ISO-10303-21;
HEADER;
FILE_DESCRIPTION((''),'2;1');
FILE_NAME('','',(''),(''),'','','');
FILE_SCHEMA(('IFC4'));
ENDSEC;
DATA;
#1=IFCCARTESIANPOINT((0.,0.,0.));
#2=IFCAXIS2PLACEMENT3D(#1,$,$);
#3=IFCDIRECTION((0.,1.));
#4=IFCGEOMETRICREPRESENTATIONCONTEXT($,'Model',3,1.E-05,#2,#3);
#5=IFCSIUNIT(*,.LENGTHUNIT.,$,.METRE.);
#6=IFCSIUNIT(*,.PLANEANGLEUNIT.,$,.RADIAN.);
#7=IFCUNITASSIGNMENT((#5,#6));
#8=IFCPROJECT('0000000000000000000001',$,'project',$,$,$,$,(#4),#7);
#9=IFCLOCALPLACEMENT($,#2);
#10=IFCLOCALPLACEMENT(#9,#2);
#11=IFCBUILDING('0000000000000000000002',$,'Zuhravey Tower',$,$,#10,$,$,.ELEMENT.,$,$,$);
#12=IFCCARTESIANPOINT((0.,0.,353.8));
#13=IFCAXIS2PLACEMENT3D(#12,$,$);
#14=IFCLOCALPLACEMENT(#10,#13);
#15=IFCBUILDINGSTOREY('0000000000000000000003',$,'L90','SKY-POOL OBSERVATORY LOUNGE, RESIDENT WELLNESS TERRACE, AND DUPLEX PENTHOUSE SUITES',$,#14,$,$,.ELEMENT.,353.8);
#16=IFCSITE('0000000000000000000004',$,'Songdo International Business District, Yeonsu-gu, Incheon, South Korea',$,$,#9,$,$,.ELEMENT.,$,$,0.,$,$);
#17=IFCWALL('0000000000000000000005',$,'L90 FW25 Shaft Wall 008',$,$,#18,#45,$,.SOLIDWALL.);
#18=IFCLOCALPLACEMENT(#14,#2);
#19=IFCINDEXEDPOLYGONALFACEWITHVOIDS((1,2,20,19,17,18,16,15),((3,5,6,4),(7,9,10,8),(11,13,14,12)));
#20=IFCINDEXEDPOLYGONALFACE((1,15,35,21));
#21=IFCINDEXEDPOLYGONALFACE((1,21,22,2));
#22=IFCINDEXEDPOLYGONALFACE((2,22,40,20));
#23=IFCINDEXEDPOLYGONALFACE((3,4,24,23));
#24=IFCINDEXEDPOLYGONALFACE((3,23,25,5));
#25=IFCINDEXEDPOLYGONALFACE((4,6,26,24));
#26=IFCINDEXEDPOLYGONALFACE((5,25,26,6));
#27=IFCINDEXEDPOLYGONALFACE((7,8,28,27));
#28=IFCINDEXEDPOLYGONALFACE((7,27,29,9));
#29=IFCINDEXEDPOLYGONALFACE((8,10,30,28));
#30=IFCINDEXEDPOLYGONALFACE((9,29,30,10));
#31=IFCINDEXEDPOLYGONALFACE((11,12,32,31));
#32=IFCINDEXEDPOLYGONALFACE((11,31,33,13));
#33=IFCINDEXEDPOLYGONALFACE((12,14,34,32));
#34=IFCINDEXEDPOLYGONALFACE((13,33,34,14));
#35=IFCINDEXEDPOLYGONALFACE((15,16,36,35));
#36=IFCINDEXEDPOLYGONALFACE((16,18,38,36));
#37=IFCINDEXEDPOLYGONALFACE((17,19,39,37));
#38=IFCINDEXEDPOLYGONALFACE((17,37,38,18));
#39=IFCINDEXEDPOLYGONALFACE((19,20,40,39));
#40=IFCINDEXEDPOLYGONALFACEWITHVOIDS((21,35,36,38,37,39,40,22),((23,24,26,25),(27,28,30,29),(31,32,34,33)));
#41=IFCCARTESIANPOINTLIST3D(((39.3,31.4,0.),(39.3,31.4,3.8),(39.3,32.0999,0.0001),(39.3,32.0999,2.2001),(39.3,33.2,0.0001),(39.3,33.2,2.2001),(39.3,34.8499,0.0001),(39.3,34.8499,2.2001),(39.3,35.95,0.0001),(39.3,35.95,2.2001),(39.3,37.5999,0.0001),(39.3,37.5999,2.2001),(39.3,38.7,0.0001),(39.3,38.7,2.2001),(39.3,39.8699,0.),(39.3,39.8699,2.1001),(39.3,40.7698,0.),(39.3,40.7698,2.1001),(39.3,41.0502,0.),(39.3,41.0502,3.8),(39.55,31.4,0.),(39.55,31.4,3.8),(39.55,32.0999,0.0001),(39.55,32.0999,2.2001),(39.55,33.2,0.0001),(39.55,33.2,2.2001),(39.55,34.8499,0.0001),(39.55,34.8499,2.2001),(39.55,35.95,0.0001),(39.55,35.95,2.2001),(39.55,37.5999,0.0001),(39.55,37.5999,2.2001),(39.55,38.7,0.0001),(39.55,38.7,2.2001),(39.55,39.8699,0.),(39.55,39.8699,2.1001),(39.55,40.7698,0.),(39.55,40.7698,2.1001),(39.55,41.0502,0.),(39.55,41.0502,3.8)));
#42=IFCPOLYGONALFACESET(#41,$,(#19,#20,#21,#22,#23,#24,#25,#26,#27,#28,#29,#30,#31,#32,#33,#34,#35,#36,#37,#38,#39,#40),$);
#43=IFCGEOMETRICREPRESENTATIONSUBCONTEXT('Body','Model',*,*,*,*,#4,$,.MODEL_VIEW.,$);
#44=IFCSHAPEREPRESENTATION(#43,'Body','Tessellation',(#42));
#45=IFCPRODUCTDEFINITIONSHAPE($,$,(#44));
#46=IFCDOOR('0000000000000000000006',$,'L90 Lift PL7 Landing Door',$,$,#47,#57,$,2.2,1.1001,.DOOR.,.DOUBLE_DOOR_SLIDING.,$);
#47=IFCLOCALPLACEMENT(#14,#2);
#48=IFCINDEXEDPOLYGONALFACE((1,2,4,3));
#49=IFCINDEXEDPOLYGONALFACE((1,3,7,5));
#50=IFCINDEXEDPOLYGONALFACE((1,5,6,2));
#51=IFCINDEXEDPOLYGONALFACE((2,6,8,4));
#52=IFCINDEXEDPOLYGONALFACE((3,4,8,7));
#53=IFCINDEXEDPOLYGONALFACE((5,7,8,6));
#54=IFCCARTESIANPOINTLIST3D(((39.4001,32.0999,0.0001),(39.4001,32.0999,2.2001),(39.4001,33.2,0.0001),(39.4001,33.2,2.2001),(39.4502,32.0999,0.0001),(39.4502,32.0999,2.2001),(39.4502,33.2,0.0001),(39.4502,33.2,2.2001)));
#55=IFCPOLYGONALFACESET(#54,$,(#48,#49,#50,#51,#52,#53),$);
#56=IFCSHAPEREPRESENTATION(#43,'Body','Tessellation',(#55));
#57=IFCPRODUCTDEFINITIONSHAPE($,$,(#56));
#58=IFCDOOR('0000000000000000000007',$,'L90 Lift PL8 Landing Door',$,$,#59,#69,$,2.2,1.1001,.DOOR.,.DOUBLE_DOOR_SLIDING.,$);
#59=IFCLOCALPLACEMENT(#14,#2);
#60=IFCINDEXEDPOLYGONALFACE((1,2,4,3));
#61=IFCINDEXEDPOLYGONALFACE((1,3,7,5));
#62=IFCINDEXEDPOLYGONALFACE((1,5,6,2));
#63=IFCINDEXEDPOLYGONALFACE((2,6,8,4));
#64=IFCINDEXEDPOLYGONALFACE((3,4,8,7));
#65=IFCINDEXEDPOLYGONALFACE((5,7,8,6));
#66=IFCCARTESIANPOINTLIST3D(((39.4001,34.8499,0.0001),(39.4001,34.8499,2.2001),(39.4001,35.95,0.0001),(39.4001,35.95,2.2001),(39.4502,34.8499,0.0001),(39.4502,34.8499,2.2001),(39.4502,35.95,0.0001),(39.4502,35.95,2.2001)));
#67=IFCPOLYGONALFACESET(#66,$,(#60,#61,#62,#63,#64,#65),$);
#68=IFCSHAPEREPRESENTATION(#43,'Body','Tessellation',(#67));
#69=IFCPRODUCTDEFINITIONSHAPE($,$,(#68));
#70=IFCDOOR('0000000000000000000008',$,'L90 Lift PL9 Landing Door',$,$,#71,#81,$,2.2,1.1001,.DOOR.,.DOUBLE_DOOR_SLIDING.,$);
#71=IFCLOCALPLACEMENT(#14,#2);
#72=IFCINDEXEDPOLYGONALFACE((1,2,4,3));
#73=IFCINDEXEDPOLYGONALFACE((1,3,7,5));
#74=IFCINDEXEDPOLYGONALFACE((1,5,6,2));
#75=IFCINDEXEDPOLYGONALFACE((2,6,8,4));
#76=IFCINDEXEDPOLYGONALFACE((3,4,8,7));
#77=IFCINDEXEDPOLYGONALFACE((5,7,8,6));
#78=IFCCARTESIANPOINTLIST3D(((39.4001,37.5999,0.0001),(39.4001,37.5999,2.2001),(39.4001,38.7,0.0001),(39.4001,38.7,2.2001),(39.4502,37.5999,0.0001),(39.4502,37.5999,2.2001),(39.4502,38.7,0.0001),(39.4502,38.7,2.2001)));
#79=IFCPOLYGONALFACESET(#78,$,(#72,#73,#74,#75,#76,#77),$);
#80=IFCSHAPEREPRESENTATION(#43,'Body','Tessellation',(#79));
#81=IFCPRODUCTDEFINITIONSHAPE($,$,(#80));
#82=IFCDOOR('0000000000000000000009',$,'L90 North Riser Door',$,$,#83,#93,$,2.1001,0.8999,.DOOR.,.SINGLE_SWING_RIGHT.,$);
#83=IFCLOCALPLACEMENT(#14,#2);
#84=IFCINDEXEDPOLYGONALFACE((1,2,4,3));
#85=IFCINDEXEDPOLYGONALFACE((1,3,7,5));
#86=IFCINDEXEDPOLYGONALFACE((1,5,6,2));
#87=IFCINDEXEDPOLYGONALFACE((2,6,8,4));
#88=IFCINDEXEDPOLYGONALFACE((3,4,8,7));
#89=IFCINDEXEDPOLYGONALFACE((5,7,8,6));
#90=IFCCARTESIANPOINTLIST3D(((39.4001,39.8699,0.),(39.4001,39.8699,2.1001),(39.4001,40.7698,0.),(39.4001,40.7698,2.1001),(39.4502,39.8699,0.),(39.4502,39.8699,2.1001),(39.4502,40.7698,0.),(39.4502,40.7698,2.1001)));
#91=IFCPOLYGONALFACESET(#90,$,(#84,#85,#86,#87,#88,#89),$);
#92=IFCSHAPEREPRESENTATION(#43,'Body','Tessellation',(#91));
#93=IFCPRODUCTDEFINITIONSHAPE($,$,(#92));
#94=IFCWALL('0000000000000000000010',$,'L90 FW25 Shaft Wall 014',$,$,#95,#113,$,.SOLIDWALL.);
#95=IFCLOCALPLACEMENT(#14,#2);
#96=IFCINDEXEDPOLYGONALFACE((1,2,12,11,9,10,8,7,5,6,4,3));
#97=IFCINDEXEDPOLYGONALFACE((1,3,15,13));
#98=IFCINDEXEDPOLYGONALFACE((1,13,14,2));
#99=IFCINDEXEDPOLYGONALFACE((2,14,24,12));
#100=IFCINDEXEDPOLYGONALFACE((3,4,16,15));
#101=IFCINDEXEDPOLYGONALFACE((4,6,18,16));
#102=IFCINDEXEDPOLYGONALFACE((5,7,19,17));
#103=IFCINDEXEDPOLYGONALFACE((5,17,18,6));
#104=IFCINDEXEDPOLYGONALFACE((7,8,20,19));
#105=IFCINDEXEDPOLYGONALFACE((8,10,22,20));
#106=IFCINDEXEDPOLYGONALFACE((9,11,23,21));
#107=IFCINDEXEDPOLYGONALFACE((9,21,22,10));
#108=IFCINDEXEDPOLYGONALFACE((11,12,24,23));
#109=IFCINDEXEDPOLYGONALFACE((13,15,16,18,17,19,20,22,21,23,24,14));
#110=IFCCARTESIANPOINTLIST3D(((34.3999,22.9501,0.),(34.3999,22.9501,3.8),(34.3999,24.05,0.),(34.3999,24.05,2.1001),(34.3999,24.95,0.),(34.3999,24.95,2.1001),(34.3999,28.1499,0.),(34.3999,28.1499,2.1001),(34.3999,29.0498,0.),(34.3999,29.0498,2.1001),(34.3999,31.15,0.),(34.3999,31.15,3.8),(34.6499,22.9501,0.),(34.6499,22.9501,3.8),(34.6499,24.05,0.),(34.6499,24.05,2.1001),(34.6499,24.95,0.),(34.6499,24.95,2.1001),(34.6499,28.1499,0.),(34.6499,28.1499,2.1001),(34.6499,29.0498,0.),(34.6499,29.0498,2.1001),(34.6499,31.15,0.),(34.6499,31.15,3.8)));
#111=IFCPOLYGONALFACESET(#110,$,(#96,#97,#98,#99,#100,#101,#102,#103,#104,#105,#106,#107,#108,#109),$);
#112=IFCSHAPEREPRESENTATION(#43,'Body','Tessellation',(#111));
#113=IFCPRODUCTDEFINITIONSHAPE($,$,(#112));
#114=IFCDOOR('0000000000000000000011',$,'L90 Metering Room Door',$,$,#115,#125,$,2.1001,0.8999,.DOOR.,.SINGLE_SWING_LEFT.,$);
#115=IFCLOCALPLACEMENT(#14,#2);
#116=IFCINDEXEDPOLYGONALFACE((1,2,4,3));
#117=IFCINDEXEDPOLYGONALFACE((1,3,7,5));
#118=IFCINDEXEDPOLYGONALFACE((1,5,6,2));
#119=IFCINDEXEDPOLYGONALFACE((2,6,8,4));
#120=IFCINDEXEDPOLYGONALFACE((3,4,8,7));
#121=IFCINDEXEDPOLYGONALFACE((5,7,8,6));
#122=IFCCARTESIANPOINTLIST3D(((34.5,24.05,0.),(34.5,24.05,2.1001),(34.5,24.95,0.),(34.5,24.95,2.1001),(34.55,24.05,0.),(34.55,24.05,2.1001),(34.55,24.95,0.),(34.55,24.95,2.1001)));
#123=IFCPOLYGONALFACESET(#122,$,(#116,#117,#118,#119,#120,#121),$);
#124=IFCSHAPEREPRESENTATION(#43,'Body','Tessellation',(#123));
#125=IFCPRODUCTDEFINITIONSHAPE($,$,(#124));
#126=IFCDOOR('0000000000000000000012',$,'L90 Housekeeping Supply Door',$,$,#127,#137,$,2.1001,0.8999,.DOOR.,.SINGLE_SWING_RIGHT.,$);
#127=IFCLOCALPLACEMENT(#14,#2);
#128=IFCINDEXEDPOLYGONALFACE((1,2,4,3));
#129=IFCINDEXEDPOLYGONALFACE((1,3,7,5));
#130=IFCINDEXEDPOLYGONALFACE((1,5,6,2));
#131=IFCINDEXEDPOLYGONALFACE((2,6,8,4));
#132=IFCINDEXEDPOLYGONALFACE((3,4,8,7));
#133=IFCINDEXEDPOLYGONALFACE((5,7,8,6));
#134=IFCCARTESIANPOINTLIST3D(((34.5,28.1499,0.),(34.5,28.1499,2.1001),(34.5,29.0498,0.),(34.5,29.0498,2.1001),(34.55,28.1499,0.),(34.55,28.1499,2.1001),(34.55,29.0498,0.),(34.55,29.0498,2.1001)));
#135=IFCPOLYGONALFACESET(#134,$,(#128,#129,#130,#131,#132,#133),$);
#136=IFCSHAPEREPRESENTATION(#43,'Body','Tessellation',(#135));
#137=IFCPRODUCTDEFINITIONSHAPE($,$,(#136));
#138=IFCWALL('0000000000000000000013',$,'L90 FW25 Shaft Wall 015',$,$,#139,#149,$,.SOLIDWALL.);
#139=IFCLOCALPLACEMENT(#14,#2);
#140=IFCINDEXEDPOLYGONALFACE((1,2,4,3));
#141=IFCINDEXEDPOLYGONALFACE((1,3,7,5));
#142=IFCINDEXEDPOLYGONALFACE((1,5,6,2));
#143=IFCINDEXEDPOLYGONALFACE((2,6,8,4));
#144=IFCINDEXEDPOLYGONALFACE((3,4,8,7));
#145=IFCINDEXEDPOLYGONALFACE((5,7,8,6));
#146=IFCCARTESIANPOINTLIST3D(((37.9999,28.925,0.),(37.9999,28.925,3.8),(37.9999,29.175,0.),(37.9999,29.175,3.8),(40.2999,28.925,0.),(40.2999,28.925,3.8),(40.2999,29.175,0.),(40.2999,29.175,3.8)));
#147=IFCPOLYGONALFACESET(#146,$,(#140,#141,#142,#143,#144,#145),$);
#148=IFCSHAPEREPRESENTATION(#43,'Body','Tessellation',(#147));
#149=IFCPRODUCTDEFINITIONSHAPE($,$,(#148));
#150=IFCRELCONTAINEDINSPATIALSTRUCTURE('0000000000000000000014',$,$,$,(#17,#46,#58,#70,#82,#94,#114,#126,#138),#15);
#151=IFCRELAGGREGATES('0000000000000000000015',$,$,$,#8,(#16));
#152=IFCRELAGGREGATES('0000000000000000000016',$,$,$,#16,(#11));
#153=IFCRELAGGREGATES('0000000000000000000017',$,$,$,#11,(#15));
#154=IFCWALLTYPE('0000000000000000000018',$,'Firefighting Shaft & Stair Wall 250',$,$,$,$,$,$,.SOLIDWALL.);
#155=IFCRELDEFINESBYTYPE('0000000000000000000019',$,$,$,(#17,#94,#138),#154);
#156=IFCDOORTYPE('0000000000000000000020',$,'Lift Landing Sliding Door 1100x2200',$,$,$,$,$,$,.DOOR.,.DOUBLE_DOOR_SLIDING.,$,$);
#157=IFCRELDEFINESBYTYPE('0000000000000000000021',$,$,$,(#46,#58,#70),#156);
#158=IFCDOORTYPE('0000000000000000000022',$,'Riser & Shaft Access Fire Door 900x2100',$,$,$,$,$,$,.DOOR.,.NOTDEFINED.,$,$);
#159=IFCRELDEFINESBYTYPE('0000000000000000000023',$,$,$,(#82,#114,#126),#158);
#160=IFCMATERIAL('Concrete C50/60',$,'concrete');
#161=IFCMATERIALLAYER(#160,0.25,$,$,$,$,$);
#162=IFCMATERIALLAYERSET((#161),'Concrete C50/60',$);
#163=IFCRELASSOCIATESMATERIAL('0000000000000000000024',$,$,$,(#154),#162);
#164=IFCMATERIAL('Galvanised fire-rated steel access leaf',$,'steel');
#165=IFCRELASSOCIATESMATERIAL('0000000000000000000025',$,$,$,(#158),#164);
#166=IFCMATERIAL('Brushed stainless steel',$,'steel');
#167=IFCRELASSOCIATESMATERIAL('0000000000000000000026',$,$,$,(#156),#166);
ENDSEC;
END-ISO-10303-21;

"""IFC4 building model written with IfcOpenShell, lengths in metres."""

from ifc_helpers import new_model, si_unit, direction, frame, frame_2d, origin, place, context, subcontext, project, spatial, rectangle, extrude, material, layer, layer_set, type_object, element, fill, save


model = new_model("IFC4")

# Units and contexts
model_context = context("Model", 3, precision=1e-05, world=origin(), true_north=direction((0.0, 1.0)))
body_context = subcontext(model_context, "Body", "Model", "MODEL_VIEW")
ifc_project = project(units=[si_unit("LENGTHUNIT", "METRE"), si_unit("PLANEANGLEUNIT", "RADIAN")], contexts=[model_context])

# Site, building, storey
site_placement = place(None, origin())
site = spatial("IfcSite", under=ifc_project, at=site_placement, Name="Songdo International Business District, Yeonsu-gu, Incheon, South Korea", CompositionType="ELEMENT", RefElevation=0.0)
building_placement = place(site_placement, origin())
building = spatial("IfcBuilding", under=site, at=building_placement, Name="Zuhravey Tower", CompositionType="ELEMENT")
storey_placement = place(building_placement, frame((0.0, 0.0, 353.8)))
storey = spatial("IfcBuildingStorey", under=building, at=storey_placement, Name="L90", Description="SKY-POOL OBSERVATORY LOUNGE, RESIDENT WELLNESS TERRACE, AND DUPLEX PENTHOUSE SUITES", CompositionType="ELEMENT", Elevation=353.8)

# Shared definitions
ifc_material_1 = material(Name="Concrete C50/60", Category="concrete")

# Shared definitions
ifc_layer_1 = layer(ifc_material_1, 0.25)
ifc_layer_set_1 = layer_set([ifc_layer_1], Name="Concrete C50/60")
wall_type_1 = type_object("IfcWallType", Name="Firefighting Shaft & Stair Wall 250", PredefinedType="SOLIDWALL", material=ifc_layer_set_1)

# Walls, openings, doors
ifc_material_2 = material(Name="Galvanised fire-rated steel access leaf", Category="steel")
door_type_1 = type_object("IfcDoorType", Name="Riser & Shaft Access Fire Door 900x2100", OperationType="NOTDEFINED", PredefinedType="DOOR", material=ifc_material_2)
wall_1_placement = place(storey_placement, frame((39.425, 31.3999, 0.0), z_axis=(0.0, 0.0, 1.0), x_axis=(0.0, 1.0, 0.0)))
wall_1 = element("IfcWall", 1, at=wall_1_placement, inside=storey, type_object=wall_type_1, Name="L90 FW25 Shaft Wall 008", PredefinedType="SOLIDWALL", context=body_context, shape_type="SweptSolid", body=[
    extrude(rectangle(XDim=9.6501, YDim=0.25, at=frame_2d((4.8252, 0.0))), origin(), (0.0, 0.0, 1.0), 3.8),
])
opening_1_placement = place(wall_1_placement, frame((0.7, 0.0, 0.0)))
opening_1 = element("IfcOpeningElement", 2, at=opening_1_placement, cuts=wall_1, PredefinedType="OPENING", context=body_context, shape_type="SweptSolid", body=[
    extrude(rectangle(XDim=1.1001, YDim=2.2, at=frame_2d((0.55, 1.1001))), frame((0.0, 0.137, 0.0), z_axis=(0.0, -1.0, 0.0), x_axis=(1.0, 0.0, 0.0)), (0.0, 0.0, 1.0), 0.2739),
])
opening_2_placement = place(wall_1_placement, frame((3.45, 0.0, 0.0)))
opening_2 = element("IfcOpeningElement", 3, at=opening_2_placement, cuts=wall_1, PredefinedType="OPENING", context=body_context, shape_type="SweptSolid", body=[
    extrude(rectangle(XDim=1.1001, YDim=2.2, at=frame_2d((0.55, 1.1001))), frame((0.0, 0.137, 0.0), z_axis=(0.0, -1.0, 0.0), x_axis=(1.0, 0.0, 0.0)), (0.0, 0.0, 1.0), 0.2739),
])
opening_3_placement = place(wall_1_placement, frame((6.2, 0.0, 0.0)))
opening_3 = element("IfcOpeningElement", 4, at=opening_3_placement, cuts=wall_1, PredefinedType="OPENING", context=body_context, shape_type="SweptSolid", body=[
    extrude(rectangle(XDim=1.1001, YDim=2.2, at=frame_2d((0.55, 1.1001))), frame((0.0, 0.137, 0.0), z_axis=(0.0, -1.0, 0.0), x_axis=(1.0, 0.0, 0.0)), (0.0, 0.0, 1.0), 0.2739),
])
opening_4_placement = place(wall_1_placement, frame((8.47, 0.0, 0.0)))
opening_4 = element("IfcOpeningElement", 5, at=opening_4_placement, cuts=wall_1, PredefinedType="OPENING", context=body_context, shape_type="SweptSolid", body=[
    extrude(rectangle(XDim=0.8999, YDim=2.1001, at=frame_2d((0.45, 1.05))), frame((0.0, 0.137, 0.0), z_axis=(0.0, -1.0, 0.0), x_axis=(1.0, 0.0, 0.0)), (0.0, 0.0, 1.0), 0.2739),
])
ifc_material_3 = material(Name="Brushed stainless steel", Category="steel")
door_type_2 = type_object("IfcDoorType", Name="Lift Landing Sliding Door 1100x2200", OperationType="DOUBLE_DOOR_SLIDING", PredefinedType="DOOR", material=ifc_material_3)
door_1_placement = place(opening_1_placement, origin())
door_1 = element("IfcDoor", 6, at=door_1_placement, inside=storey, type_object=door_type_2, Name="L90 Lift PL7 Landing Door", OperationType="DOUBLE_DOOR_SLIDING", OverallHeight=2.2, OverallWidth=1.1001, PredefinedType="DOOR", context=body_context, shape_type="SweptSolid", body=[
    extrude(rectangle(XDim=1.1001, YDim=2.2, at=frame_2d((0.55, 1.1001))), frame((0.0, 0.0249, 0.0), z_axis=(0.0, -1.0, 0.0), x_axis=(1.0, 0.0, 0.0)), (0.0, 0.0, 1.0), 0.05),
])
fill(opening_1, door_1)
door_2_placement = place(opening_2_placement, origin())
door_2 = element("IfcDoor", 7, at=door_2_placement, inside=storey, type_object=door_type_2, Name="L90 Lift PL8 Landing Door", OperationType="DOUBLE_DOOR_SLIDING", OverallHeight=2.2, OverallWidth=1.1001, PredefinedType="DOOR", context=body_context, shape_type="SweptSolid", body=[
    extrude(rectangle(XDim=1.1001, YDim=2.2, at=frame_2d((0.55, 1.1001))), frame((0.0, 0.0249, 0.0), z_axis=(0.0, -1.0, 0.0), x_axis=(1.0, 0.0, 0.0)), (0.0, 0.0, 1.0), 0.05),
])
fill(opening_2, door_2)
door_3_placement = place(opening_3_placement, origin())
door_3 = element("IfcDoor", 8, at=door_3_placement, inside=storey, type_object=door_type_2, Name="L90 Lift PL9 Landing Door", OperationType="DOUBLE_DOOR_SLIDING", OverallHeight=2.2, OverallWidth=1.1001, PredefinedType="DOOR", context=body_context, shape_type="SweptSolid", body=[
    extrude(rectangle(XDim=1.1001, YDim=2.2, at=frame_2d((0.55, 1.1001))), frame((0.0, 0.0249, 0.0), z_axis=(0.0, -1.0, 0.0), x_axis=(1.0, 0.0, 0.0)), (0.0, 0.0, 1.0), 0.05),
])
fill(opening_3, door_3)
door_4_placement = place(opening_4_placement, origin())
door_4 = element("IfcDoor", 9, at=door_4_placement, inside=storey, type_object=door_type_1, Name="L90 North Riser Door", OperationType="SINGLE_SWING_RIGHT", OverallHeight=2.1001, OverallWidth=0.8999, PredefinedType="DOOR", context=body_context, shape_type="SweptSolid", body=[
    extrude(rectangle(XDim=0.8999, YDim=2.1001, at=frame_2d((0.45, 1.05))), frame((0.0, 0.0249, 0.0), z_axis=(0.0, -1.0, 0.0), x_axis=(1.0, 0.0, 0.0)), (0.0, 0.0, 1.0), 0.05),
])
fill(opening_4, door_4)
wall_2_placement = place(storey_placement, frame((34.5249, 22.95, 0.0), z_axis=(0.0, 0.0, 1.0), x_axis=(0.0, 1.0, 0.0)))
wall_2 = element("IfcWall", 10, at=wall_2_placement, inside=storey, type_object=wall_type_1, Name="L90 FW25 Shaft Wall 014", PredefinedType="SOLIDWALL", context=body_context, shape_type="SweptSolid", body=[
    extrude(rectangle(XDim=8.2, YDim=0.25, at=frame_2d((4.1001, 0.0))), origin(), (0.0, 0.0, 1.0), 3.8),
])
opening_5_placement = place(wall_2_placement, frame((1.1001, 0.0, 0.0)))
opening_5 = element("IfcOpeningElement", 11, at=opening_5_placement, cuts=wall_2, PredefinedType="OPENING", context=body_context, shape_type="SweptSolid", body=[
    extrude(rectangle(XDim=0.8999, YDim=2.1001, at=frame_2d((0.45, 1.05))), frame((0.0, 0.137, 0.0), z_axis=(0.0, -1.0, 0.0), x_axis=(1.0, 0.0, 0.0)), (0.0, 0.0, 1.0), 0.2739),
])
opening_6_placement = place(wall_2_placement, frame((5.2, 0.0, 0.0)))
opening_6 = element("IfcOpeningElement", 12, at=opening_6_placement, cuts=wall_2, PredefinedType="OPENING", context=body_context, shape_type="SweptSolid", body=[
    extrude(rectangle(XDim=0.8999, YDim=2.1001, at=frame_2d((0.45, 1.05))), frame((0.0, 0.137, 0.0), z_axis=(0.0, -1.0, 0.0), x_axis=(1.0, 0.0, 0.0)), (0.0, 0.0, 1.0), 0.2739),
])
door_5_placement = place(opening_5_placement, origin())
door_5 = element("IfcDoor", 13, at=door_5_placement, inside=storey, type_object=door_type_1, Name="L90 Metering Room Door", OperationType="SINGLE_SWING_LEFT", OverallHeight=2.1001, OverallWidth=0.8999, PredefinedType="DOOR", context=body_context, shape_type="SweptSolid", body=[
    extrude(rectangle(XDim=0.8999, YDim=2.1001, at=frame_2d((0.45, 1.05))), frame((0.0, 0.0249, 0.0), z_axis=(0.0, -1.0, 0.0), x_axis=(1.0, 0.0, 0.0)), (0.0, 0.0, 1.0), 0.05),
])
fill(opening_5, door_5)
door_6_placement = place(opening_6_placement, origin())
door_6 = element("IfcDoor", 14, at=door_6_placement, inside=storey, type_object=door_type_1, Name="L90 Housekeeping Supply Door", OperationType="SINGLE_SWING_RIGHT", OverallHeight=2.1001, OverallWidth=0.8999, PredefinedType="DOOR", context=body_context, shape_type="SweptSolid", body=[
    extrude(rectangle(XDim=0.8999, YDim=2.1001, at=frame_2d((0.45, 1.05))), frame((0.0, 0.0249, 0.0), z_axis=(0.0, -1.0, 0.0), x_axis=(1.0, 0.0, 0.0)), (0.0, 0.0, 1.0), 0.05),
])
fill(opening_6, door_6)

# Wall
wall_3_placement = place(storey_placement, frame((38.0, 29.05, 0.0), z_axis=(0.0, 0.0, 1.0), x_axis=(1.0, 0.0, 0.0)))
element("IfcWall", 15, at=wall_3_placement, inside=storey, type_object=wall_type_1, Name="L90 FW25 Shaft Wall 015", PredefinedType="SOLIDWALL", context=body_context, shape_type="SweptSolid", body=[
    extrude(rectangle(XDim=2.3, YDim=0.25, at=frame_2d((1.1499, 0.0))), origin(), (0.0, 0.0, 1.0), 3.8),
])

save(model, "model.ifc")
